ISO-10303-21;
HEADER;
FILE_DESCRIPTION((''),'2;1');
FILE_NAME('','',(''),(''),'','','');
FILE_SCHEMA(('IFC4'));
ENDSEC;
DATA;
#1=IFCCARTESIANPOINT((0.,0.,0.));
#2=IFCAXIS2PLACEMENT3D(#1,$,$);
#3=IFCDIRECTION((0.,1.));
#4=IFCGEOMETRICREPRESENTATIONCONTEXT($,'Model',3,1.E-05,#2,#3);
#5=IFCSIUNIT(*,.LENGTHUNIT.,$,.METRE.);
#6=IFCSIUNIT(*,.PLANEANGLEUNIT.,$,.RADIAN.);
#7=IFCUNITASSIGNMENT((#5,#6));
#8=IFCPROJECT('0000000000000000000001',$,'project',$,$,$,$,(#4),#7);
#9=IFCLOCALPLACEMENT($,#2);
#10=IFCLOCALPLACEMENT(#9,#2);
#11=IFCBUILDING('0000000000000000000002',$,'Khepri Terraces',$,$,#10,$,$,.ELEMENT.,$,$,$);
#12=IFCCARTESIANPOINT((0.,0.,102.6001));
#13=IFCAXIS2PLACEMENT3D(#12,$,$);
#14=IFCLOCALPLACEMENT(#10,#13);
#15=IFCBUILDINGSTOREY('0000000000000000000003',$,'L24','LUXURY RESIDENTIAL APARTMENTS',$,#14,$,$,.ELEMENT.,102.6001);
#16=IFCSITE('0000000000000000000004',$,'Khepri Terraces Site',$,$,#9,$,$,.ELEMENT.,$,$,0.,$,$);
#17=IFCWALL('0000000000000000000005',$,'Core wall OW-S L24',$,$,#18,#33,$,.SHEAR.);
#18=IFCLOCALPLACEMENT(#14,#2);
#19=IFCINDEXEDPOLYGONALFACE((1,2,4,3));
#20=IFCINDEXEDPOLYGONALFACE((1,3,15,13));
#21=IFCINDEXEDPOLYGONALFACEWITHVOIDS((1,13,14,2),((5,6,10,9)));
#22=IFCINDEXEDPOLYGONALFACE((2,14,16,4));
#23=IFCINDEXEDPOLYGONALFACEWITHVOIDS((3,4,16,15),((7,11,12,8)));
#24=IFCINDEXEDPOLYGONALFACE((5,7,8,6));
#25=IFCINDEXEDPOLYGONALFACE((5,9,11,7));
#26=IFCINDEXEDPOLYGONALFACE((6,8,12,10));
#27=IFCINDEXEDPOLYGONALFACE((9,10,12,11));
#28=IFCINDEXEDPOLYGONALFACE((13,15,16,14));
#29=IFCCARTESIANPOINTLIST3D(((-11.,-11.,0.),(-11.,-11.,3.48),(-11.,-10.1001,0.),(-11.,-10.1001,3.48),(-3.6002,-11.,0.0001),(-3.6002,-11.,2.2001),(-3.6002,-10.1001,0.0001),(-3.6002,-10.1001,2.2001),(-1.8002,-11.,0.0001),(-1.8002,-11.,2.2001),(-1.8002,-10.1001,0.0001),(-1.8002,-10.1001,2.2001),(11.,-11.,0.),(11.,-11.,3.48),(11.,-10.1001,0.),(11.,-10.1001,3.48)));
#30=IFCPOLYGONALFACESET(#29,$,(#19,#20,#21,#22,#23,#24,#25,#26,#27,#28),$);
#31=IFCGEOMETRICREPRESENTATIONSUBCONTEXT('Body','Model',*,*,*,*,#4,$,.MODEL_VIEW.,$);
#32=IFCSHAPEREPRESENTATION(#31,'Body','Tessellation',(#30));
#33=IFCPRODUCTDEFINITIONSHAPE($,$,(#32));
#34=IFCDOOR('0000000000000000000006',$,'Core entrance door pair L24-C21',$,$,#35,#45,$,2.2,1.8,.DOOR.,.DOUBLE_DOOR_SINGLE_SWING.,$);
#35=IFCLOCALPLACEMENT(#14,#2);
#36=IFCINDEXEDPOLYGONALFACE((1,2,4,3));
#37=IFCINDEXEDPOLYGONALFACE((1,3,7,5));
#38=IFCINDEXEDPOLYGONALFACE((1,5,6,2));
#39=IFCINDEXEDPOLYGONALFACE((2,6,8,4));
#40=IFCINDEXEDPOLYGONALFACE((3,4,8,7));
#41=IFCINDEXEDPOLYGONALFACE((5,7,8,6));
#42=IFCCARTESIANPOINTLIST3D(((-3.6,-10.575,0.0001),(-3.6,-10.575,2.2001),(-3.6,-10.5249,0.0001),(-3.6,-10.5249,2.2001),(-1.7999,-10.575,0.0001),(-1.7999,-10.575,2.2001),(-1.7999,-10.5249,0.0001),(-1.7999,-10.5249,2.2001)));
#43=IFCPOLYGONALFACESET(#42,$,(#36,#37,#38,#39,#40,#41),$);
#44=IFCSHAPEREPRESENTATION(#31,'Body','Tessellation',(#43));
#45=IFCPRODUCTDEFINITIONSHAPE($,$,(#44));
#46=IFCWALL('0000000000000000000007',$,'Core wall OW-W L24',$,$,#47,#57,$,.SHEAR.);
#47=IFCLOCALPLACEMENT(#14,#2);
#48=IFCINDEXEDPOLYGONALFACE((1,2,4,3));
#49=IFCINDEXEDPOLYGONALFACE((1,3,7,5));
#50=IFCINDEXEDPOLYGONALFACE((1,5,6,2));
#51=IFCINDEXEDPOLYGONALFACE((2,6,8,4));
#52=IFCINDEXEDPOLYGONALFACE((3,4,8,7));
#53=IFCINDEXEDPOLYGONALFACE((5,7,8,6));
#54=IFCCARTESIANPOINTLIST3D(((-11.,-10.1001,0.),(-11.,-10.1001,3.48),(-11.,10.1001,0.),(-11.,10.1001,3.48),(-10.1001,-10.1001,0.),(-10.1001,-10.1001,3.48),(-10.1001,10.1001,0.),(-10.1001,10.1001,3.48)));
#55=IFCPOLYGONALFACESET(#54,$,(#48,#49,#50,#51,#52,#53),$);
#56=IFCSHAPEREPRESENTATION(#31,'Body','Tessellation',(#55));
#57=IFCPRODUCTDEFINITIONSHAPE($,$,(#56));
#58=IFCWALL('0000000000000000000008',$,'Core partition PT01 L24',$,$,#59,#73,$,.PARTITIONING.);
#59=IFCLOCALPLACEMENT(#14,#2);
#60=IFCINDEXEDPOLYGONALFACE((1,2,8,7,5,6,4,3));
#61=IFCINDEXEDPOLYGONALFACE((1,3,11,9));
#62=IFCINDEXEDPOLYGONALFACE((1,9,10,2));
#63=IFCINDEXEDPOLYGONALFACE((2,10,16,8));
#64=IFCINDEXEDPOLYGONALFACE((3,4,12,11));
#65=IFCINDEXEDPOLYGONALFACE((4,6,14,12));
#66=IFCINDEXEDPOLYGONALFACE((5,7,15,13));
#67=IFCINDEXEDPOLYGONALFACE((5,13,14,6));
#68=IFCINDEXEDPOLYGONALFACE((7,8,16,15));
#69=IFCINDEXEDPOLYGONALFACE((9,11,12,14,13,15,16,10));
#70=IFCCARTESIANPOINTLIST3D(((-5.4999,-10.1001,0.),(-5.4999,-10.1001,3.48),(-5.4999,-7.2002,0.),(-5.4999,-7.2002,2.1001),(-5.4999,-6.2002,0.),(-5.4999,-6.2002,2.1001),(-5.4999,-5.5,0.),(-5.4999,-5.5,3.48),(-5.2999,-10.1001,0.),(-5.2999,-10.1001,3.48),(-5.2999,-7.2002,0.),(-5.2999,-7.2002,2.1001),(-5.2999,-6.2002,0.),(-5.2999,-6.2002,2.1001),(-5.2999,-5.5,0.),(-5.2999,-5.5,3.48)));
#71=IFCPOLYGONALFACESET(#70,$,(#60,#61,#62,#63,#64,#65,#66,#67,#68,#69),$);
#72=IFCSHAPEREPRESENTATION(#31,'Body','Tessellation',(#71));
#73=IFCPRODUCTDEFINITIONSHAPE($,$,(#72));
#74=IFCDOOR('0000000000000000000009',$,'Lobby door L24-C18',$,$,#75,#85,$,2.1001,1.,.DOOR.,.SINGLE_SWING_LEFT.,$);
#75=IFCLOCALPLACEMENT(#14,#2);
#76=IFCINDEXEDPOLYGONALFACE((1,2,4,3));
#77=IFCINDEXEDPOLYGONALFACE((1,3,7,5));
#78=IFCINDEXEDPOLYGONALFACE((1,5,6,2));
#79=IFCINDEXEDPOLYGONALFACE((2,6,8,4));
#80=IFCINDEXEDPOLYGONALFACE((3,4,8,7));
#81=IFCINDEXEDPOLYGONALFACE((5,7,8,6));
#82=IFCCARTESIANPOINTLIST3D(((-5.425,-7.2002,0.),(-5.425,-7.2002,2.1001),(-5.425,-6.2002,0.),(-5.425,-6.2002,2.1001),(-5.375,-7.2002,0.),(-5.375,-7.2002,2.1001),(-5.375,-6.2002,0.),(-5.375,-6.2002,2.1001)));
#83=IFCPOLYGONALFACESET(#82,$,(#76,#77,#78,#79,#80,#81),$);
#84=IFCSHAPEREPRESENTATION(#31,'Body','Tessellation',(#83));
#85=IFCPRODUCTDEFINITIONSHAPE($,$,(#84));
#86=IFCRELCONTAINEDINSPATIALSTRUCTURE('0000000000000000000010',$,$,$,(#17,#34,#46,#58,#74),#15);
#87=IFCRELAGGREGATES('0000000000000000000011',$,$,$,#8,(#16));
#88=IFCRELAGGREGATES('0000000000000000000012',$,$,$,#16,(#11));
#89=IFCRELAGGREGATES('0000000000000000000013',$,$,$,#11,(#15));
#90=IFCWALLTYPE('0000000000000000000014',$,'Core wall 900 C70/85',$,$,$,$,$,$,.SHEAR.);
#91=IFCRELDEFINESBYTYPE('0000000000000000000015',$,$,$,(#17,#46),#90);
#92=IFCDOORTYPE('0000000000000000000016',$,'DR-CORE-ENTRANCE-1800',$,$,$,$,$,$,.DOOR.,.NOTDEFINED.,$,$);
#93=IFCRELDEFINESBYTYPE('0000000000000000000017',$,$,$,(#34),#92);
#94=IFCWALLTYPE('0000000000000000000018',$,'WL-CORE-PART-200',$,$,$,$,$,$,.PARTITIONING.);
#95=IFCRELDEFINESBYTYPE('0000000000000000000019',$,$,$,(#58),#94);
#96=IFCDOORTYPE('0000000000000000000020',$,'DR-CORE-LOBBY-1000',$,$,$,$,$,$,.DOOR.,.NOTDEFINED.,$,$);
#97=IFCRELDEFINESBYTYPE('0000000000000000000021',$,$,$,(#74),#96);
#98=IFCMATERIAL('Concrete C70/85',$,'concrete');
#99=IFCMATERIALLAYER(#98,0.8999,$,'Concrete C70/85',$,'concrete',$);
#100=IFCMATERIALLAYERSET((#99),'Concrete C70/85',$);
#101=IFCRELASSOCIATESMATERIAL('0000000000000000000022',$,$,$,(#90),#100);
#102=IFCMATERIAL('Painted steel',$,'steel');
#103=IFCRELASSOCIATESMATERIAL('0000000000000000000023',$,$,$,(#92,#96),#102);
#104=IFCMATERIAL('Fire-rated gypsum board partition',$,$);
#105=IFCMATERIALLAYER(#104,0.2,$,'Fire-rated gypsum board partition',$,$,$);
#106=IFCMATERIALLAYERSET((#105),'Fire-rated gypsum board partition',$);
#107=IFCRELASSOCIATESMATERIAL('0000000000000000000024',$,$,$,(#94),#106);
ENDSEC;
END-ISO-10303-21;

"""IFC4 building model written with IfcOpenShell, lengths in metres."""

from ifc_helpers import new_model, si_unit, direction, frame, frame_2d, origin, place, context, subcontext, project, spatial, rectangle, extrude, material, layer, layer_set, type_object, element, fill, save


model = new_model("IFC4")

# Units and contexts
model_context = context("Model", 3, precision=1e-05, world=origin(), true_north=direction((0.0, 1.0)))
body_context = subcontext(model_context, "Body", "Model", "MODEL_VIEW")
ifc_project = project(units=[si_unit("LENGTHUNIT", "METRE"), si_unit("PLANEANGLEUNIT", "RADIAN")], contexts=[model_context])

# Site, building, storey
site_placement = place(None, origin())
site = spatial("IfcSite", under=ifc_project, at=site_placement, Name="Khepri Terraces Site", CompositionType="ELEMENT", RefElevation=0.0)
building_placement = place(site_placement, origin())
building = spatial("IfcBuilding", under=site, at=building_placement, Name="Khepri Terraces", CompositionType="ELEMENT")
storey_placement = place(building_placement, frame((0.0, 0.0, 102.6001)))
storey = spatial("IfcBuildingStorey", under=building, at=storey_placement, Name="L24", Description="LUXURY RESIDENTIAL APARTMENTS", CompositionType="ELEMENT", Elevation=102.6001)

# Shared definitions
ifc_material_1 = material(Name="Concrete C70/85", Category="concrete")

# Wall, opening, door
ifc_layer_1 = layer(ifc_material_1, 0.8999, Name="Concrete C70/85", Category="concrete")
ifc_layer_set_1 = layer_set([ifc_layer_1], Name="Concrete C70/85")
wall_type_1 = type_object("IfcWallType", Name="Core wall 900 C70/85", PredefinedType="SHEAR", material=ifc_layer_set_1)
wall_1_placement = place(storey_placement, frame((-11.0, -10.55, 0.0), z_axis=(0.0, 0.0, 1.0), x_axis=(1.0, 0.0, 0.0)))
wall_1 = element("IfcWall", 1, at=wall_1_placement, inside=storey, type_object=wall_type_1, Name="Core wall OW-S L24", PredefinedType="SHEAR", context=body_context, shape_type="SweptSolid", body=[
    extrude(rectangle(XDim=22.0, YDim=0.8999, at=frame_2d((11.0, 0.0))), origin(), (0.0, 0.0, 1.0), 3.48),
])
opening_1_placement = place(wall_1_placement, frame((7.3999, 0.0, 0.0)))
opening_1 = element("IfcOpeningElement", 2, at=opening_1_placement, cuts=wall_1, PredefinedType="OPENING", context=body_context, shape_type="SweptSolid", body=[
    extrude(rectangle(XDim=1.8, YDim=2.2, at=frame_2d((0.8999, 1.1001))), frame((0.0, 0.46, 0.0), z_axis=(0.0, -1.0, 0.0), x_axis=(1.0, 0.0, 0.0)), (0.0, 0.0, 1.0), 0.9199),
])
ifc_material_2 = material(Name="Painted steel", Category="steel")
door_type_1 = type_object("IfcDoorType", Name="DR-CORE-ENTRANCE-1800", OperationType="NOTDEFINED", PredefinedType="DOOR", material=ifc_material_2)
door_1_placement = place(opening_1_placement, frame((1.8, 0.0, 0.0), z_axis=(0.0, 0.0, 1.0), x_axis=(-1.0, 0.0, 0.0)))
door_1 = element("IfcDoor", 3, at=door_1_placement, inside=storey, type_object=door_type_1, Name="Core entrance door pair L24-C21", OperationType="DOUBLE_DOOR_SINGLE_SWING", OverallHeight=2.2, OverallWidth=1.8, PredefinedType="DOOR", context=body_context, shape_type="SweptSolid", body=[
    extrude(rectangle(XDim=1.8, YDim=2.2, at=frame_2d((0.8999, 1.1001))), frame((0.0, 0.0249, 0.0), z_axis=(0.0, -1.0, 0.0), x_axis=(1.0, 0.0, 0.0)), (0.0, 0.0, 1.0), 0.05),
])
fill(opening_1, door_1)

# Wall
wall_2_placement = place(storey_placement, frame((-10.55, -10.1001, 0.0), z_axis=(0.0, 0.0, 1.0), x_axis=(0.0, 1.0, 0.0)))
element("IfcWall", 4, at=wall_2_placement, inside=storey, type_object=wall_type_1, Name="Core wall OW-W L24", PredefinedType="SHEAR", context=body_context, shape_type="SweptSolid", body=[
    extrude(rectangle(XDim=20.2002, YDim=0.8999, at=frame_2d((10.1001, 0.0))), origin(), (0.0, 0.0, 1.0), 3.48),
])

# Wall, opening, door
ifc_material_3 = material(Name="Fire-rated gypsum board partition")
ifc_layer_2 = layer(ifc_material_3, 0.2, Name="Fire-rated gypsum board partition")
ifc_layer_set_2 = layer_set([ifc_layer_2], Name="Fire-rated gypsum board partition")
wall_type_2 = type_object("IfcWallType", Name="WL-CORE-PART-200", PredefinedType="PARTITIONING", material=ifc_layer_set_2)
wall_3_placement = place(storey_placement, frame((-5.3999, -10.1001, 0.0), z_axis=(0.0, 0.0, 1.0), x_axis=(0.0, 1.0, 0.0)))
wall_3 = element("IfcWall", 5, at=wall_3_placement, inside=storey, type_object=wall_type_2, Name="Core partition PT01 L24", PredefinedType="PARTITIONING", context=body_context, shape_type="SweptSolid", body=[
    extrude(rectangle(XDim=4.6001, YDim=0.2, at=frame_2d((2.3, 0.0))), origin(), (0.0, 0.0, 1.0), 3.48),
])
opening_2_placement = place(wall_3_placement, frame((2.8999, 0.0, 0.0)))
opening_2 = element("IfcOpeningElement", 6, at=opening_2_placement, cuts=wall_3, PredefinedType="OPENING", context=body_context, shape_type="SweptSolid", body=[
    extrude(rectangle(XDim=1.0, YDim=2.1001, at=frame_2d((0.5, 1.05))), frame((0.0, 0.1099, 0.0), z_axis=(0.0, -1.0, 0.0), x_axis=(1.0, 0.0, 0.0)), (0.0, 0.0, 1.0), 0.22),
])
door_type_2 = type_object("IfcDoorType", Name="DR-CORE-LOBBY-1000", OperationType="NOTDEFINED", PredefinedType="DOOR", material=ifc_material_2)
door_2_placement = place(opening_2_placement, frame((1.0, 0.0, 0.0), z_axis=(0.0, 0.0, 1.0), x_axis=(-1.0, 0.0, 0.0)))
door_2 = element("IfcDoor", 7, at=door_2_placement, inside=storey, type_object=door_type_2, Name="Lobby door L24-C18", OperationType="SINGLE_SWING_LEFT", OverallHeight=2.1001, OverallWidth=1.0, PredefinedType="DOOR", context=body_context, shape_type="SweptSolid", body=[
    extrude(rectangle(XDim=1.0, YDim=2.1001, at=frame_2d((0.5, 1.05))), frame((0.0, 0.0249, 0.0), z_axis=(0.0, -1.0, 0.0), x_axis=(1.0, 0.0, 0.0)), (0.0, 0.0, 1.0), 0.05),
])
fill(opening_2, door_2)

save(model, "model.ifc")
